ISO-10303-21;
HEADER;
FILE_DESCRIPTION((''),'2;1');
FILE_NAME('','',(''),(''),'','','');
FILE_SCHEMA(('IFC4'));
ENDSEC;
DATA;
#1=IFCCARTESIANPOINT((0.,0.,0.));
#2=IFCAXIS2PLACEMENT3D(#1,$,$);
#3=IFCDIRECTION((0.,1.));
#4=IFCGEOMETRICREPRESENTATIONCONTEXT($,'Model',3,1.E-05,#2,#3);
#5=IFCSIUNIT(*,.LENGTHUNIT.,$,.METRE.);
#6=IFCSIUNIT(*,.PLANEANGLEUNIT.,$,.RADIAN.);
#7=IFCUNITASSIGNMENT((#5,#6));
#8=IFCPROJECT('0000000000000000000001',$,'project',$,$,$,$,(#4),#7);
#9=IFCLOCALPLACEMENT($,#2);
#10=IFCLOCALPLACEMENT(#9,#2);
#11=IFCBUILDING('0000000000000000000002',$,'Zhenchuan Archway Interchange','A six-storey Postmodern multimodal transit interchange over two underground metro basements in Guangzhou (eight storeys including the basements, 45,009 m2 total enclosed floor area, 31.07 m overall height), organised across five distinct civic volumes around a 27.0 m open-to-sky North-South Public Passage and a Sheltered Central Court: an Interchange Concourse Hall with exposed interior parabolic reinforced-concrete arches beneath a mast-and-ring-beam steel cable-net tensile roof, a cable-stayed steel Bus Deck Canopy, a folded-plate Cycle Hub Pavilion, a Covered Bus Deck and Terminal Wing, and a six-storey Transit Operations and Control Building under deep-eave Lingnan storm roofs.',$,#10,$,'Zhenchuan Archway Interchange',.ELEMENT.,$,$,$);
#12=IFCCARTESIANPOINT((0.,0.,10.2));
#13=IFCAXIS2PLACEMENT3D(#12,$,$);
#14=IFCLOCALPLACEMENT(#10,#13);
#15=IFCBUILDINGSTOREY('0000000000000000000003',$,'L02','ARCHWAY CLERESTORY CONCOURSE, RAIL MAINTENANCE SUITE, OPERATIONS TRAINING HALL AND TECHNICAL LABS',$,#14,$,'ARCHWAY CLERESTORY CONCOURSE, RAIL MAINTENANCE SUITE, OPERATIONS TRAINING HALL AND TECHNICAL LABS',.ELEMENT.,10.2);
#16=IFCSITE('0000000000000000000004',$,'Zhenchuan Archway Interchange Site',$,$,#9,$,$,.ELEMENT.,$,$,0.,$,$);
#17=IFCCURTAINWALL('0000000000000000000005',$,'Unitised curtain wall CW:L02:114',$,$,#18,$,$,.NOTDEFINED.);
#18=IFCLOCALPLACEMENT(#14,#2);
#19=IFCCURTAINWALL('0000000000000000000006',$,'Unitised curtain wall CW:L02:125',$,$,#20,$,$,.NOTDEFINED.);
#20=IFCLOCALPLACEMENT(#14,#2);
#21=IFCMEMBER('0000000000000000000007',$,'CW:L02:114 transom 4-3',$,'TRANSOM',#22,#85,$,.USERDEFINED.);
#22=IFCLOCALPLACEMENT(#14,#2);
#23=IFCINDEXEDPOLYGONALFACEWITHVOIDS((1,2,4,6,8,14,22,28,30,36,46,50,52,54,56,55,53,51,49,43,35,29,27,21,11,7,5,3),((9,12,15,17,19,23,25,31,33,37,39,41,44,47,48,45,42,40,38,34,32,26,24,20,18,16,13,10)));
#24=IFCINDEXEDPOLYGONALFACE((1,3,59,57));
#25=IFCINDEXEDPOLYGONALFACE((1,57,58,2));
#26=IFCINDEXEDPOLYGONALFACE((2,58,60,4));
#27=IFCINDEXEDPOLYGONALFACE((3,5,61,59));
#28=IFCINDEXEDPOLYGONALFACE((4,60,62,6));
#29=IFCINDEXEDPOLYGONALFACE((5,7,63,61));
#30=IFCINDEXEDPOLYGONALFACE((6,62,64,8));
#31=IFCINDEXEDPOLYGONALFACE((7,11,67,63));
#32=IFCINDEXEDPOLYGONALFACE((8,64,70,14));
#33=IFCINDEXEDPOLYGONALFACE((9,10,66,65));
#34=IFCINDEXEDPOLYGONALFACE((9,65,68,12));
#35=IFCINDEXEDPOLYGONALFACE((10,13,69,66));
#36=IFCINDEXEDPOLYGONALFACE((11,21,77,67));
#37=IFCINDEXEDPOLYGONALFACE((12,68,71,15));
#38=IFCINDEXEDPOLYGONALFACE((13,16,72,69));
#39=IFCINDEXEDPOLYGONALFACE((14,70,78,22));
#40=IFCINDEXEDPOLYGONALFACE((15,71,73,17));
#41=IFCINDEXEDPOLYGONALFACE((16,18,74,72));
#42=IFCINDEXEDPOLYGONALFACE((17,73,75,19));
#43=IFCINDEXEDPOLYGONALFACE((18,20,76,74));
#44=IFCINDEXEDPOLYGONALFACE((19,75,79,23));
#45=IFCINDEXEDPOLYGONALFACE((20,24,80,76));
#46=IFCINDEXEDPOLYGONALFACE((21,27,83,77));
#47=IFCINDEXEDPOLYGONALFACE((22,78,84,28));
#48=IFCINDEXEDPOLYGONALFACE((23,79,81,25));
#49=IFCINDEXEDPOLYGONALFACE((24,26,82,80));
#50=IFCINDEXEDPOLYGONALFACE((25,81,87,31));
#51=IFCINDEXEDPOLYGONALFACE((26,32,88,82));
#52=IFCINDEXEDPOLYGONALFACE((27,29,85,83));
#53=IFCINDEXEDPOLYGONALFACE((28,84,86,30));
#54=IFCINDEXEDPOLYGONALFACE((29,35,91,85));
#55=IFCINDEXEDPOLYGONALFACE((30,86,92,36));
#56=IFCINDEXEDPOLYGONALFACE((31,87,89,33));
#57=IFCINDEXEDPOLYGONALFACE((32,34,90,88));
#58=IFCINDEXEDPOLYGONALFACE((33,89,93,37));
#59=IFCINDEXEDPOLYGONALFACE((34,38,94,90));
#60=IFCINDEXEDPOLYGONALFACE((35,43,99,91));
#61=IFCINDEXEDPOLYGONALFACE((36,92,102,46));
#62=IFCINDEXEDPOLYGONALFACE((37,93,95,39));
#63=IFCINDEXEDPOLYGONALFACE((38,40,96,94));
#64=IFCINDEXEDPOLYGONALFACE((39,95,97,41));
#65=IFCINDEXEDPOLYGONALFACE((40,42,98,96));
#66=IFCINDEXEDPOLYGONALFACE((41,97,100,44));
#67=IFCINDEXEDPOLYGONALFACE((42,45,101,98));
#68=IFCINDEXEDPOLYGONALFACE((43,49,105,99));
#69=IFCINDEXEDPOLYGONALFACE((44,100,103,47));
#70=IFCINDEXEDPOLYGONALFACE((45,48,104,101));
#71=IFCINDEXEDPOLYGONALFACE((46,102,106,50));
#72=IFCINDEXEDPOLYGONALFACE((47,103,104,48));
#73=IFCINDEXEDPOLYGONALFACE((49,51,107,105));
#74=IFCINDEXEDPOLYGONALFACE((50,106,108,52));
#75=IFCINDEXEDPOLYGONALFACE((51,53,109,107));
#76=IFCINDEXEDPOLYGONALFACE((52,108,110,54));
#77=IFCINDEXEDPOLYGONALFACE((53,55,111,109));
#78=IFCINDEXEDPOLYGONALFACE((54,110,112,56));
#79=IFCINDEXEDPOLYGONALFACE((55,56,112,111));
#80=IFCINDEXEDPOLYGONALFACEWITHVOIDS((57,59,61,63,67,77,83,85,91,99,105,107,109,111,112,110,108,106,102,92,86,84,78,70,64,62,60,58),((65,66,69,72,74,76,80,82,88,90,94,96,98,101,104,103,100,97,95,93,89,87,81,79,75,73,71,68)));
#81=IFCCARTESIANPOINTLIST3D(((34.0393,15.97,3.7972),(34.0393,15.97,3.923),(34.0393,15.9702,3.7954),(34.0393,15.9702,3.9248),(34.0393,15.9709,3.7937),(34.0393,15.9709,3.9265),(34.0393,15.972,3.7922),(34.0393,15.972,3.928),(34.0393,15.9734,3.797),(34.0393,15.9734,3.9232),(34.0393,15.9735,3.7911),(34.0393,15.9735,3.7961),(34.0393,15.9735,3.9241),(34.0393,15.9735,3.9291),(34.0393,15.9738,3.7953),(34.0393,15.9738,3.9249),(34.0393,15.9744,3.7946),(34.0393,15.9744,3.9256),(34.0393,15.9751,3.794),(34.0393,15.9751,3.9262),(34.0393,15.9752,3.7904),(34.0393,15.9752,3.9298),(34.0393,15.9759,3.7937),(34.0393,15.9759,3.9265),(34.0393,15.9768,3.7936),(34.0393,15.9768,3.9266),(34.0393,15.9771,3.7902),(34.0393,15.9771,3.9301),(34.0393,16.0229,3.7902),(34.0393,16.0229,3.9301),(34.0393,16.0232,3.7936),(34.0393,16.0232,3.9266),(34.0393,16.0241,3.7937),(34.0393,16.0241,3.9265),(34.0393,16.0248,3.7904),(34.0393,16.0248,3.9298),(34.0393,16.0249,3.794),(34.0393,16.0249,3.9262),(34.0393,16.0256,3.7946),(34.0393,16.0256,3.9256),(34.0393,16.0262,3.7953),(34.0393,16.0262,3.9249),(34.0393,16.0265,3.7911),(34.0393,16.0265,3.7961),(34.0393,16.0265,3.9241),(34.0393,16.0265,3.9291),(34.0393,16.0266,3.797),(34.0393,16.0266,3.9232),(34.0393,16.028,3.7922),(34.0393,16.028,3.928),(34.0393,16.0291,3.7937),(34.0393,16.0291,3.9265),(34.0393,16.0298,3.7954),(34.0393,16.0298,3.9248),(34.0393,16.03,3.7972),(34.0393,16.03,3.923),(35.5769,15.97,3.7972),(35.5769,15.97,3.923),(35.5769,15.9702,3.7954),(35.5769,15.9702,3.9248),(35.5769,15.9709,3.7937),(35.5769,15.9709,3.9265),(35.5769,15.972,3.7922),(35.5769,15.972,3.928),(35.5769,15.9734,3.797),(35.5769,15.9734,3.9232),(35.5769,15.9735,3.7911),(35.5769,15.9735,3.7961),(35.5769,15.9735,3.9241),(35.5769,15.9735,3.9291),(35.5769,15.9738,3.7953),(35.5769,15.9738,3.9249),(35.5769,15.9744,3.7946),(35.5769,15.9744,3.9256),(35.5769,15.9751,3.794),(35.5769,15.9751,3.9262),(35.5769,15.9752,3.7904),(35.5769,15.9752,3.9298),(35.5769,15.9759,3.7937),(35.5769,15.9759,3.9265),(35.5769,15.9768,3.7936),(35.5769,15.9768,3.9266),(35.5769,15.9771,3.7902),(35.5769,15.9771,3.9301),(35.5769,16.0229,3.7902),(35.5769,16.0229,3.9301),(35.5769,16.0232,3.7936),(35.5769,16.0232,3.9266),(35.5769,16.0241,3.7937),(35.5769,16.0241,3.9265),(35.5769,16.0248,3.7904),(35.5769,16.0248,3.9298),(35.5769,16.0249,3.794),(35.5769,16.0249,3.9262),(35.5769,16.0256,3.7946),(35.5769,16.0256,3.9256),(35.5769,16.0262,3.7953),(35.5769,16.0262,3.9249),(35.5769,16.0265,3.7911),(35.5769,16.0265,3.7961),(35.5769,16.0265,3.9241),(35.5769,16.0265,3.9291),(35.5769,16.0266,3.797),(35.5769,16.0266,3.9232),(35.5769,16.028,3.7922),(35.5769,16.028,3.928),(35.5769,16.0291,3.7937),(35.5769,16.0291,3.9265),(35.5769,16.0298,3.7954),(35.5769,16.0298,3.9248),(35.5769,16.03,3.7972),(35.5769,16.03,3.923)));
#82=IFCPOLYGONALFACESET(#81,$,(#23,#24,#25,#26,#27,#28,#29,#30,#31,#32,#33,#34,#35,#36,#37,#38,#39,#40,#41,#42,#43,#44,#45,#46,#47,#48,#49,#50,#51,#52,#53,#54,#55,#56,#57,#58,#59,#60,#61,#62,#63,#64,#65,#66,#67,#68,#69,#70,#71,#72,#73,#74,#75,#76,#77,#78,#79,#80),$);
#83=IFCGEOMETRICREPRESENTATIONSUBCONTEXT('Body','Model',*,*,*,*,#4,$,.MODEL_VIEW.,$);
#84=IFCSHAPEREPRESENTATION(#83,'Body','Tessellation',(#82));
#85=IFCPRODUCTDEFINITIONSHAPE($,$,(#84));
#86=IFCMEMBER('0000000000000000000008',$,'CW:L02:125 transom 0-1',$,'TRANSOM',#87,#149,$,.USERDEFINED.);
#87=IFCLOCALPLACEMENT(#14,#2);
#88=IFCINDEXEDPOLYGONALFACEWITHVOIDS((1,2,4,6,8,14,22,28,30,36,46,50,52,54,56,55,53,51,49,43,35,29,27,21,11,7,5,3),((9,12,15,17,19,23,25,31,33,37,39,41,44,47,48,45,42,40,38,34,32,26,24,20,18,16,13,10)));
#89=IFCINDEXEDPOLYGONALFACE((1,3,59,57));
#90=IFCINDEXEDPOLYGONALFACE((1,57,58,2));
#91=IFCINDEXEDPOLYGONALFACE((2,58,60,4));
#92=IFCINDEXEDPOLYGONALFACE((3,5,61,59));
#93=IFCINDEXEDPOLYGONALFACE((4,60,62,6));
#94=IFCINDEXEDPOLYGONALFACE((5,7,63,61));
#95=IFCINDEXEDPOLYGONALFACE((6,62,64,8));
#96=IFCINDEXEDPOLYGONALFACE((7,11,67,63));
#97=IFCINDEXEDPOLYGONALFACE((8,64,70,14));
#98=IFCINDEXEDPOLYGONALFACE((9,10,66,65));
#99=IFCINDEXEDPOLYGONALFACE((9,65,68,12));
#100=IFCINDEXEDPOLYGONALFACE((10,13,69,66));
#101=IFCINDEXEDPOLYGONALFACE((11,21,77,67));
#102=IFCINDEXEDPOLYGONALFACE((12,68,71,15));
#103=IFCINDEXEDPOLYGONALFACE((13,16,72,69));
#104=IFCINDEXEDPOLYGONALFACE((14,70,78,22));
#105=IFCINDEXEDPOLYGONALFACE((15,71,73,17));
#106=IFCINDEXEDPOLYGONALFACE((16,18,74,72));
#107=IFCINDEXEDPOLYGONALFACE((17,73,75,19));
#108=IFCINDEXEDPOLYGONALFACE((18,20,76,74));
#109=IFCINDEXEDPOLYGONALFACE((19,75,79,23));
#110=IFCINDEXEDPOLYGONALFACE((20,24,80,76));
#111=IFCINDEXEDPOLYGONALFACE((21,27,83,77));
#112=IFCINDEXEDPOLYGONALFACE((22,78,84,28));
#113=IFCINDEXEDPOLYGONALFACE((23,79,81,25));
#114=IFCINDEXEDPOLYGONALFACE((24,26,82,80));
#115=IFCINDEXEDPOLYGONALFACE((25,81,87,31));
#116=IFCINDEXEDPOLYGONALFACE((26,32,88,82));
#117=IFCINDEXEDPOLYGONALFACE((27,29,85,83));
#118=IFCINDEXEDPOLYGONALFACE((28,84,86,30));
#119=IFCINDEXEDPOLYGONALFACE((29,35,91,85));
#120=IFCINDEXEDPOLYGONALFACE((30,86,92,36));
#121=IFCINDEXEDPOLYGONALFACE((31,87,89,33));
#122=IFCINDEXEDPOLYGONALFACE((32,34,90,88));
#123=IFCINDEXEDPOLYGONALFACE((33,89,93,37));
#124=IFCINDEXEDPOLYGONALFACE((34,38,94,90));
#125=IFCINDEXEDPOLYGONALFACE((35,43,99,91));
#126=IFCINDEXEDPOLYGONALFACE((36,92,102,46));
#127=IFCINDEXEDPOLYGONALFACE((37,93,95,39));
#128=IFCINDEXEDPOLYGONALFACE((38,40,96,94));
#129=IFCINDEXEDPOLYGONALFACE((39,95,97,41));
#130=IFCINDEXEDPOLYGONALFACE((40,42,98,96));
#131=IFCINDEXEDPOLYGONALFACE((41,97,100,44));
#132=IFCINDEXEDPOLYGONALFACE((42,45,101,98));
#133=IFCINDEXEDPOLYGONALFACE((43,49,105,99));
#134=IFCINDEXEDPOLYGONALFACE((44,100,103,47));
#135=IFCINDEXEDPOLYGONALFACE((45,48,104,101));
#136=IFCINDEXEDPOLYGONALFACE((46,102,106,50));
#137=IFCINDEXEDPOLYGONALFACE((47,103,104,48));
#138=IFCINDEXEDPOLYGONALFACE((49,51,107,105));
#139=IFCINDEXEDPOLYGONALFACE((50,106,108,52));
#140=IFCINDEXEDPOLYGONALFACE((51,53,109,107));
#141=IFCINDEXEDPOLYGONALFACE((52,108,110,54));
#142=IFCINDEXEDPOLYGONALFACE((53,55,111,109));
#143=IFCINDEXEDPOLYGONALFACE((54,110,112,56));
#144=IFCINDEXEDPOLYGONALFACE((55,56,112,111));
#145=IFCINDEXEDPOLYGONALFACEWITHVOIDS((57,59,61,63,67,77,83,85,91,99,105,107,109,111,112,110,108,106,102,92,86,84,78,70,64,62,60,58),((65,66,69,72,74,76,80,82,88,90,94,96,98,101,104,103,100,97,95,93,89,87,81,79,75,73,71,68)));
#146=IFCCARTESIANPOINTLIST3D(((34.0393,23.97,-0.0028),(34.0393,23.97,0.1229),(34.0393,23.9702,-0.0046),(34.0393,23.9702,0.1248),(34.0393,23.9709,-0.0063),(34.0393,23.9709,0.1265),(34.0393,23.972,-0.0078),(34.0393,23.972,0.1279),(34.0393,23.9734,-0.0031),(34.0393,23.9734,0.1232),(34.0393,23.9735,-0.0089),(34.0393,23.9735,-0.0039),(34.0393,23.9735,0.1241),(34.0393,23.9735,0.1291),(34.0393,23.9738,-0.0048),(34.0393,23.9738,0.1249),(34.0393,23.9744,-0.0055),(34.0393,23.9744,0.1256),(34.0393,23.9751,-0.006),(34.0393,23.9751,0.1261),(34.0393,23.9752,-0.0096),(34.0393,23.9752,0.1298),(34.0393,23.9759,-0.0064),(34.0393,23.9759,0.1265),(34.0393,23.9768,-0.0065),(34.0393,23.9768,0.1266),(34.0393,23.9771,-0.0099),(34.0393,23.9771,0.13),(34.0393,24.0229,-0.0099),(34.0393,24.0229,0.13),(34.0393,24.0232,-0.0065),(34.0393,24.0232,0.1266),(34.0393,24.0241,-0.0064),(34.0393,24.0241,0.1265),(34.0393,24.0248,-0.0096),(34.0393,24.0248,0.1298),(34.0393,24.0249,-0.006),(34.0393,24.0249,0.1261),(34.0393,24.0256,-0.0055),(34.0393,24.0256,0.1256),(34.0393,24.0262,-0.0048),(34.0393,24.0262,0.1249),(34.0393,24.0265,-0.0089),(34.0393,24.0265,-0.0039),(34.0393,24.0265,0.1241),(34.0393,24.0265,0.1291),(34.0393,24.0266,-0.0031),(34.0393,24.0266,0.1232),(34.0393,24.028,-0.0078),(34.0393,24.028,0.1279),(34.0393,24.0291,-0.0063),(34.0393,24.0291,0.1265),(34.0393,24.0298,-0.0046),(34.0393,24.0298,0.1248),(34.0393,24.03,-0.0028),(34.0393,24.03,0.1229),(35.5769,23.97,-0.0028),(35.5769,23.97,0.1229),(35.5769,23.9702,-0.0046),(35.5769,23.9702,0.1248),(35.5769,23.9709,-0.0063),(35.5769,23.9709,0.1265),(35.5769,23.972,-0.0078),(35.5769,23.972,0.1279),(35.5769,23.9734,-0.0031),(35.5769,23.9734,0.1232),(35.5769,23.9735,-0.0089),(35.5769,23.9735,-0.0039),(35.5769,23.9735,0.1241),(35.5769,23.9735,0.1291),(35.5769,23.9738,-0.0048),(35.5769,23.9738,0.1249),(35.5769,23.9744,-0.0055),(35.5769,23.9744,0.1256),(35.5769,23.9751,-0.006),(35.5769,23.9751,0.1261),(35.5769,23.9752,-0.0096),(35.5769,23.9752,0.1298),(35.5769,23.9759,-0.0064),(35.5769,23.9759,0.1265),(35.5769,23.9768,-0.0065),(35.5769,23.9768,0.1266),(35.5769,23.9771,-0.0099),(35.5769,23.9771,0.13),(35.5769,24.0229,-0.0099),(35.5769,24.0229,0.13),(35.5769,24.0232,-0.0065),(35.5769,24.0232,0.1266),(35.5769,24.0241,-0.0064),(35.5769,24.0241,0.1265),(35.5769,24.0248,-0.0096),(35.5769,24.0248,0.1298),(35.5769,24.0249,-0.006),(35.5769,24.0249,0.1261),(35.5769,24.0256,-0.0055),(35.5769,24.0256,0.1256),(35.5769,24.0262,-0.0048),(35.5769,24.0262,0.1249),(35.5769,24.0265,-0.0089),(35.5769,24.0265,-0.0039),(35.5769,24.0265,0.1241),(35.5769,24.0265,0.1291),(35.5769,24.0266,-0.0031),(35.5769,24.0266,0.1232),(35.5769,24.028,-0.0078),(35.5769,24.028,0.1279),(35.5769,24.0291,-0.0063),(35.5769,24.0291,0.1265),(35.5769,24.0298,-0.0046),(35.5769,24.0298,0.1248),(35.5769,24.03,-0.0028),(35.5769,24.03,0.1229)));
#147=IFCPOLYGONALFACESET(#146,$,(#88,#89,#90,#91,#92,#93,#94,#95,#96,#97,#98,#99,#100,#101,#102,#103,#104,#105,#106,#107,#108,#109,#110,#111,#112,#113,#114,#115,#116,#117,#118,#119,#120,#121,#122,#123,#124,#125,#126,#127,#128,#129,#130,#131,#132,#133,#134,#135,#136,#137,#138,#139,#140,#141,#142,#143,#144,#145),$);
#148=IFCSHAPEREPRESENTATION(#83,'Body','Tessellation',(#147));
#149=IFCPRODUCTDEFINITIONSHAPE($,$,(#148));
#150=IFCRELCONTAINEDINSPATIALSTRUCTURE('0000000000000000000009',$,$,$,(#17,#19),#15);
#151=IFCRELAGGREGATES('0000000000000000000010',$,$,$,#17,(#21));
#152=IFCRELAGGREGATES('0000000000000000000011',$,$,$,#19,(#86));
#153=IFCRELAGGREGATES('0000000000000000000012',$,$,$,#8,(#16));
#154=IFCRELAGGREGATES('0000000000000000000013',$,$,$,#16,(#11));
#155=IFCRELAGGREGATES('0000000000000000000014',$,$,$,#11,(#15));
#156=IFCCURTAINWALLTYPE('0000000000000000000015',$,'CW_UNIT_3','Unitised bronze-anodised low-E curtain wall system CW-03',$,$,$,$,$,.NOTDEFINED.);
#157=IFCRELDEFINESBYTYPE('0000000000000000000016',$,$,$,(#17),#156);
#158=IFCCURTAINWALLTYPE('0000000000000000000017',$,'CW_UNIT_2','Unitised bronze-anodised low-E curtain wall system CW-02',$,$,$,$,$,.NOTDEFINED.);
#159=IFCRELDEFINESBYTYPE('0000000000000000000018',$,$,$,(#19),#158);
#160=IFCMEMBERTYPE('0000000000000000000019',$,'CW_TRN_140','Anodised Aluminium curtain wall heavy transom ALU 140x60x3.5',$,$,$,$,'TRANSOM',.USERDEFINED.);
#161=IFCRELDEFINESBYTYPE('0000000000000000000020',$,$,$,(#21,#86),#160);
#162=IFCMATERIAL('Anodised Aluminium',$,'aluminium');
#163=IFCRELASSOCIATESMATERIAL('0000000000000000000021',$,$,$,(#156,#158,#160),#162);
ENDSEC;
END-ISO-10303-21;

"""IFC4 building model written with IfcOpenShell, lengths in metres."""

from ifc_helpers import new_model, si_unit, direction, frame, origin, origin_2d, place, context, subcontext, project, spatial, hollow_rectangle, extrude, material, material_profile, profile_set, type_object, element, aggregate, save


model = new_model("IFC4")

# Units and contexts
model_context = context("Model", 3, precision=1e-05, world=origin(), true_north=direction((0.0, 1.0)))
body_context = subcontext(model_context, "Body", "Model", "MODEL_VIEW")
ifc_project = project(units=[si_unit("LENGTHUNIT", "METRE"), si_unit("PLANEANGLEUNIT", "RADIAN")], contexts=[model_context])

# Site, building, storey
site_placement = place(None, origin())
site = spatial("IfcSite", under=ifc_project, at=site_placement, Name="Zhenchuan Archway Interchange Site", CompositionType="ELEMENT", RefElevation=0.0)
building_placement = place(site_placement, origin())
building = spatial("IfcBuilding", under=site, at=building_placement, Name="Zhenchuan Archway Interchange", Description="A six-storey Postmodern multimodal transit interchange over two underground metro basements in Guangzhou (eight storeys including the basements, 45,009 m2 total enclosed floor area, 31.07 m overall height), organised across five distinct civic volumes around a 27.0 m open-to-sky North-South Public Passage and a Sheltered Central Court: an Interchange Concourse Hall with exposed interior parabolic reinforced-concrete arches beneath a mast-and-ring-beam steel cable-net tensile roof, a cable-stayed steel Bus Deck Canopy, a folded-plate Cycle Hub Pavilion, a Covered Bus Deck and Terminal Wing, and a six-storey Transit Operations and Control Building under deep-eave Lingnan storm roofs.", LongName="Zhenchuan Archway Interchange", CompositionType="ELEMENT")
storey_placement = place(building_placement, frame((0.0, 0.0, 10.2)))
storey = spatial("IfcBuildingStorey", under=building, at=storey_placement, Name="L02", Description="ARCHWAY CLERESTORY CONCOURSE, RAIL MAINTENANCE SUITE, OPERATIONS TRAINING HALL AND TECHNICAL LABS", LongName="ARCHWAY CLERESTORY CONCOURSE, RAIL MAINTENANCE SUITE, OPERATIONS TRAINING HALL AND TECHNICAL LABS", CompositionType="ELEMENT", Elevation=10.2)

# Curtain walls
ifc_material_1 = material(Name="Anodised Aluminium", Category="aluminium")
curtain_wall_type_1 = type_object("IfcCurtainWallType", Name="CW_UNIT_3", Description="Unitised bronze-anodised low-E curtain wall system CW-03", PredefinedType="NOTDEFINED", material=ifc_material_1)
curtain_wall_1_placement = place(storey_placement, origin())
curtain_wall_1 = element("IfcCurtainWall", 1, at=curtain_wall_1_placement, inside=storey, type_object=curtain_wall_type_1, Name="Unitised curtain wall CW:L02:114", PredefinedType="NOTDEFINED")
curtain_wall_type_2 = type_object("IfcCurtainWallType", Name="CW_UNIT_2", Description="Unitised bronze-anodised low-E curtain wall system CW-02", PredefinedType="NOTDEFINED", material=ifc_material_1)
curtain_wall_2_placement = place(storey_placement, origin())
curtain_wall_2 = element("IfcCurtainWall", 2, at=curtain_wall_2_placement, inside=storey, type_object=curtain_wall_type_2, Name="Unitised curtain wall CW:L02:125", PredefinedType="NOTDEFINED")

# Members
ifc_material_profile_1 = material_profile(ifc_material_1, hollow_rectangle(XDim=0.0601, YDim=0.1399, WallThickness=0.0034, InnerFilletRadius=0.0034, OuterFilletRadius=0.0071, at=origin_2d()), Name="ALU 140x60x3.5")
ifc_profile_set_1 = profile_set([ifc_material_profile_1], Name="Anodised Aluminium")
member_type_1 = type_object("IfcMemberType", Name="CW_TRN_140", Description="Anodised Aluminium curtain wall heavy transom ALU 140x60x3.5", ElementType="TRANSOM", PredefinedType="USERDEFINED", material=ifc_profile_set_1)
member_1_placement = place(storey_placement, frame((34.0393, 16.0, 3.8601), z_axis=(1.0, 0.0, 0.0), x_axis=(0.0, 1.0, 0.0)))
member_1 = element("IfcMember", 3, at=member_1_placement, type_object=member_type_1, Name="CW:L02:114 transom 4-3", ObjectType="TRANSOM", PredefinedType="USERDEFINED", context=body_context, shape_type="SweptSolid", body=[
    extrude(hollow_rectangle(XDim=0.0601, YDim=0.1399, WallThickness=0.0034, InnerFilletRadius=0.0034, OuterFilletRadius=0.0071, at=origin_2d()), origin(), (0.0, 0.0, 1.0), 1.5376),
])
member_2_placement = place(storey_placement, frame((35.5769, 24.0, 0.0601), z_axis=(-1.0, 0.0, 0.0), x_axis=(0.0, -1.0, 0.0)))
member_2 = element("IfcMember", 4, at=member_2_placement, type_object=member_type_1, Name="CW:L02:125 transom 0-1", ObjectType="TRANSOM", PredefinedType="USERDEFINED", context=body_context, shape_type="SweptSolid", body=[
    extrude(hollow_rectangle(XDim=0.0601, YDim=0.1399, WallThickness=0.0034, InnerFilletRadius=0.0034, OuterFilletRadius=0.0071, at=origin_2d()), origin(), (0.0, 0.0, 1.0), 1.5376),
])

aggregate(curtain_wall_1, [member_1])
aggregate(curtain_wall_2, [member_2])

save(model, "model.ifc")
